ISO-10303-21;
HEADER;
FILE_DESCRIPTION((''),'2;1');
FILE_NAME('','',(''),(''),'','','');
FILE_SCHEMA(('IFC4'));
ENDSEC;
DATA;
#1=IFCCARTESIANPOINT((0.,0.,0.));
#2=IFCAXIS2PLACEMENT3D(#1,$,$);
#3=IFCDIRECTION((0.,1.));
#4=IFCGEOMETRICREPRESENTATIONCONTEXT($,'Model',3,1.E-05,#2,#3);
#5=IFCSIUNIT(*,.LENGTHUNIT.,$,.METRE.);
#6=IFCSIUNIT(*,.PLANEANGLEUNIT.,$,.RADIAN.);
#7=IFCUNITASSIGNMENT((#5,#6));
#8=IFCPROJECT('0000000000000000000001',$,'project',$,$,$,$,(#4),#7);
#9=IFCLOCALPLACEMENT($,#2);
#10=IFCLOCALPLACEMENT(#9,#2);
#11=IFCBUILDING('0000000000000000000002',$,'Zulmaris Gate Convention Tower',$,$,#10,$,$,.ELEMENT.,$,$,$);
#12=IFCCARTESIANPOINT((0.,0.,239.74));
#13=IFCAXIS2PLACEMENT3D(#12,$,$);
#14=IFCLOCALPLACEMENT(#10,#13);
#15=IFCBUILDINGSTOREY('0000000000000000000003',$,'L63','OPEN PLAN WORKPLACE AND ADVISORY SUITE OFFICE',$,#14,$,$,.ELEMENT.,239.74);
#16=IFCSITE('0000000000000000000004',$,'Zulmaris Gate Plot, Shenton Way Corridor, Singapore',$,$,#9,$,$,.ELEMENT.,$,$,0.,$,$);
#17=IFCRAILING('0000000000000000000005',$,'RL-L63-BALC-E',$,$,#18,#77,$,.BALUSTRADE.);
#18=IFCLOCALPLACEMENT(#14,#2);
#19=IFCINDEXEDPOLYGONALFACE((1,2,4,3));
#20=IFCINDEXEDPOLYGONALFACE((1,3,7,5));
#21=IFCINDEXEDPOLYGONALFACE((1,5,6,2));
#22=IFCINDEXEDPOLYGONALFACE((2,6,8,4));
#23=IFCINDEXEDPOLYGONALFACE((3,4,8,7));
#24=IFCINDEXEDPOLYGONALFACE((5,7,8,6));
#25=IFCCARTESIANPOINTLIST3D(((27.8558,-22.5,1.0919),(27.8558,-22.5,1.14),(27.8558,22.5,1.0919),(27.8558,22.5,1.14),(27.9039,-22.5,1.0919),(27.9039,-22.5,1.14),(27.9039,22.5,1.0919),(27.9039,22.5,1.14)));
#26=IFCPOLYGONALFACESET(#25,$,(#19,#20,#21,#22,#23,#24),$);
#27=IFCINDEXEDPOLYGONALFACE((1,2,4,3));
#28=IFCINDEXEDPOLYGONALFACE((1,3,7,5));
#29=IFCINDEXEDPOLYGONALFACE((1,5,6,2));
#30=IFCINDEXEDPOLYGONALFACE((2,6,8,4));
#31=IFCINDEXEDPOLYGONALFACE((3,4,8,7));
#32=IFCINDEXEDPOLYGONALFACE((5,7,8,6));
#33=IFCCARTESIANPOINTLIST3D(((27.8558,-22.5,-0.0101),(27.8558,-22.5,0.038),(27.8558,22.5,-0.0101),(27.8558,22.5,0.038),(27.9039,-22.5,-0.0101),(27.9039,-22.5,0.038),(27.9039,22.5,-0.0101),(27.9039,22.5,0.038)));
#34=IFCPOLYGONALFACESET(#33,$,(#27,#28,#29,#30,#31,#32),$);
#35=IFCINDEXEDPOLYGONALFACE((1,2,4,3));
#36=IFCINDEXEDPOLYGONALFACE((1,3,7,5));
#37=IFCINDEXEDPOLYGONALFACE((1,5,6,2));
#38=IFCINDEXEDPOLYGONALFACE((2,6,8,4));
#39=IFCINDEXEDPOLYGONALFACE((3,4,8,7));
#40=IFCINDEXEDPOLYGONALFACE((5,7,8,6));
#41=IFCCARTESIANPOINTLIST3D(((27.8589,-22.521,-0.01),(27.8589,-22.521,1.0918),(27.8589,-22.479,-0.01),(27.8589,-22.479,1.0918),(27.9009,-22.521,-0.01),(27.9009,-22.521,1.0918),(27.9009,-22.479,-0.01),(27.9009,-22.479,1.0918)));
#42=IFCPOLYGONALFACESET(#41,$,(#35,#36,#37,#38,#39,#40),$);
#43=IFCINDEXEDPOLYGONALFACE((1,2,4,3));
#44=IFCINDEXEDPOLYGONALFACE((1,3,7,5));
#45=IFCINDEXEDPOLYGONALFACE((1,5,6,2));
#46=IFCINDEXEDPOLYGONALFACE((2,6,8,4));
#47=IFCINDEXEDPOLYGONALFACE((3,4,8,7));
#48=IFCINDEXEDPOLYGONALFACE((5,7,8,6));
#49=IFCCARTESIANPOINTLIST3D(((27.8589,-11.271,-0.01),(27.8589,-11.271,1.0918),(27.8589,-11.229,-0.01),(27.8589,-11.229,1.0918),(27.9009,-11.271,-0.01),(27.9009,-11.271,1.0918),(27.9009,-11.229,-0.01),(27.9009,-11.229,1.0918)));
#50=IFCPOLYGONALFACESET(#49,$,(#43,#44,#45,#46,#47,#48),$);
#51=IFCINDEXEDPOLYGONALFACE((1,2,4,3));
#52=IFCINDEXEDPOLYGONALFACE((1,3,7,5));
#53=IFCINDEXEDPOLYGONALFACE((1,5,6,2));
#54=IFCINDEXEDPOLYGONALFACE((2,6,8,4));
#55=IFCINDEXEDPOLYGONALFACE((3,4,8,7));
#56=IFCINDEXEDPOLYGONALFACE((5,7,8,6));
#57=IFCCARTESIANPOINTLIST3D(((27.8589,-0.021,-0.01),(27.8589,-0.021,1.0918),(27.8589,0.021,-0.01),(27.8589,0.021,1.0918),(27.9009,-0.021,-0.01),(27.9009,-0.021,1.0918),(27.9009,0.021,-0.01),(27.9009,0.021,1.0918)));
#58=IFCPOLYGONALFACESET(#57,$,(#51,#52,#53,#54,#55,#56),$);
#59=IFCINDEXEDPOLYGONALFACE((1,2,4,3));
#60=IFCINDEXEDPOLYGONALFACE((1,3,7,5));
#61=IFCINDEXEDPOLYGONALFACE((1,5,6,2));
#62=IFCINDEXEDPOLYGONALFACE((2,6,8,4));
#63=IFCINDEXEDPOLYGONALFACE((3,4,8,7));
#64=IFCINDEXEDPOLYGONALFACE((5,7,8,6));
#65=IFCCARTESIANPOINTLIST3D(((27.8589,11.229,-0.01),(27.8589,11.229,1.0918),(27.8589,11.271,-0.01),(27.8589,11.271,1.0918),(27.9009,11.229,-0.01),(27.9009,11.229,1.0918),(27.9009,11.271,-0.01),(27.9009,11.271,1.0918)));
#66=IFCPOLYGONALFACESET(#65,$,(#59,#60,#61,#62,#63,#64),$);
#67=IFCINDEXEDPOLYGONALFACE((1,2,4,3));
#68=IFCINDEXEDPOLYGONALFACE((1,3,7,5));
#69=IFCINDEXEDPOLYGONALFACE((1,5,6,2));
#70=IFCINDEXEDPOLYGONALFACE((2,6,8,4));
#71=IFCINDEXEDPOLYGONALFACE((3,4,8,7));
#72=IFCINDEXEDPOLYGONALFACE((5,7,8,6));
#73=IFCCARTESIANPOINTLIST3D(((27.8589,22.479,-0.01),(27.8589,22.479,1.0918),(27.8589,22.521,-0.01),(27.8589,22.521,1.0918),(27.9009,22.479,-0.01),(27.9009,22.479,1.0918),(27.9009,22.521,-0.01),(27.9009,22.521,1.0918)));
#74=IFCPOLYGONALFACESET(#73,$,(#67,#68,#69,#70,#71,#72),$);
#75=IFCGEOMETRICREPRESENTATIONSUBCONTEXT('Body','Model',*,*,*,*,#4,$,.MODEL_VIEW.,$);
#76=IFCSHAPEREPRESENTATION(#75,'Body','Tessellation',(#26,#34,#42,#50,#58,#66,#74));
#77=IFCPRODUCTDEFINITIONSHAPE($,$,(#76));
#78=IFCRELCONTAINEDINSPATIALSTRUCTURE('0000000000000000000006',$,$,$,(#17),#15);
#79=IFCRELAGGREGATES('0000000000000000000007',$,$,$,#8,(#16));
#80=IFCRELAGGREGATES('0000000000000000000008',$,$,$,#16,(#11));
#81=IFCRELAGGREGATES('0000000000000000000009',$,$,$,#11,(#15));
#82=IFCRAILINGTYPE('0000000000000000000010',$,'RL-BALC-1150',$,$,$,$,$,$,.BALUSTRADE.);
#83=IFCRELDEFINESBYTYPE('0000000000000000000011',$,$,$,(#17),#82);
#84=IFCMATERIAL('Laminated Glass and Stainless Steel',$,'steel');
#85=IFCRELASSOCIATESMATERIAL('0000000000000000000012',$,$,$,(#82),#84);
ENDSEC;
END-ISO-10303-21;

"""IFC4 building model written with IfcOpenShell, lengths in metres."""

from ifc_helpers import new_model, si_unit, direction, frame, origin, origin_2d, place, context, subcontext, project, spatial, rectangle, extrude, material, type_object, element, save


model = new_model("IFC4")

# Units and contexts
model_context = context("Model", 3, precision=1e-05, world=origin(), true_north=direction((0.0, 1.0)))
body_context = subcontext(model_context, "Body", "Model", "MODEL_VIEW")
ifc_project = project(units=[si_unit("LENGTHUNIT", "METRE"), si_unit("PLANEANGLEUNIT", "RADIAN")], contexts=[model_context])

# Site, building, storey
site_placement = place(None, origin())
site = spatial("IfcSite", under=ifc_project, at=site_placement, Name="Zulmaris Gate Plot, Shenton Way Corridor, Singapore", CompositionType="ELEMENT", RefElevation=0.0)
building_placement = place(site_placement, origin())
building = spatial("IfcBuilding", under=site, at=building_placement, Name="Zulmaris Gate Convention Tower", CompositionType="ELEMENT")
storey_placement = place(building_placement, frame((0.0, 0.0, 239.74)))
storey = spatial("IfcBuildingStorey", under=building, at=storey_placement, Name="L63", Description="OPEN PLAN WORKPLACE AND ADVISORY SUITE OFFICE", CompositionType="ELEMENT", Elevation=239.74)

# Railing
ifc_material_1 = material(Name="Laminated Glass and Stainless Steel", Category="steel")
railing_type = type_object("IfcRailingType", Name="RL-BALC-1150", PredefinedType="BALUSTRADE", material=ifc_material_1)
railing_placement = place(storey_placement, frame((27.8799, -22.5, -0.01)))
element("IfcRailing", 1, at=railing_placement, inside=storey, type_object=railing_type, Name="RL-L63-BALC-E", PredefinedType="BALUSTRADE", context=body_context, shape_type="SweptSolid", body=[
    extrude(rectangle(XDim=0.0481, YDim=0.0481, at=origin_2d()), frame((0.0, 0.0, 1.126), z_axis=(0.0, 1.0, 0.0), x_axis=(-1.0, 0.0, 0.0)), (0.0, 0.0, 1.0), 45.0),
    extrude(rectangle(XDim=0.0481, YDim=0.0481, at=origin_2d()), frame((0.0, 0.0, 0.0239), z_axis=(0.0, 1.0, 0.0), x_axis=(-1.0, 0.0, 0.0)), (0.0, 0.0, 1.0), 45.0),
    extrude(rectangle(XDim=0.042, YDim=0.042, at=origin_2d()), origin(), (0.0, 0.0, 1.0), 1.1018),
    extrude(rectangle(XDim=0.042, YDim=0.042, at=origin_2d()), frame((0.0, 11.25, 0.0)), (0.0, 0.0, 1.0), 1.1018),
    extrude(rectangle(XDim=0.042, YDim=0.042, at=origin_2d()), frame((0.0, 22.5, 0.0)), (0.0, 0.0, 1.0), 1.1018),
    extrude(rectangle(XDim=0.042, YDim=0.042, at=origin_2d()), frame((0.0, 33.75, 0.0)), (0.0, 0.0, 1.0), 1.1018),
    extrude(rectangle(XDim=0.042, YDim=0.042, at=origin_2d()), frame((0.0, 45.0, 0.0)), (0.0, 0.0, 1.0), 1.1018),
])

save(model, "model.ifc")
